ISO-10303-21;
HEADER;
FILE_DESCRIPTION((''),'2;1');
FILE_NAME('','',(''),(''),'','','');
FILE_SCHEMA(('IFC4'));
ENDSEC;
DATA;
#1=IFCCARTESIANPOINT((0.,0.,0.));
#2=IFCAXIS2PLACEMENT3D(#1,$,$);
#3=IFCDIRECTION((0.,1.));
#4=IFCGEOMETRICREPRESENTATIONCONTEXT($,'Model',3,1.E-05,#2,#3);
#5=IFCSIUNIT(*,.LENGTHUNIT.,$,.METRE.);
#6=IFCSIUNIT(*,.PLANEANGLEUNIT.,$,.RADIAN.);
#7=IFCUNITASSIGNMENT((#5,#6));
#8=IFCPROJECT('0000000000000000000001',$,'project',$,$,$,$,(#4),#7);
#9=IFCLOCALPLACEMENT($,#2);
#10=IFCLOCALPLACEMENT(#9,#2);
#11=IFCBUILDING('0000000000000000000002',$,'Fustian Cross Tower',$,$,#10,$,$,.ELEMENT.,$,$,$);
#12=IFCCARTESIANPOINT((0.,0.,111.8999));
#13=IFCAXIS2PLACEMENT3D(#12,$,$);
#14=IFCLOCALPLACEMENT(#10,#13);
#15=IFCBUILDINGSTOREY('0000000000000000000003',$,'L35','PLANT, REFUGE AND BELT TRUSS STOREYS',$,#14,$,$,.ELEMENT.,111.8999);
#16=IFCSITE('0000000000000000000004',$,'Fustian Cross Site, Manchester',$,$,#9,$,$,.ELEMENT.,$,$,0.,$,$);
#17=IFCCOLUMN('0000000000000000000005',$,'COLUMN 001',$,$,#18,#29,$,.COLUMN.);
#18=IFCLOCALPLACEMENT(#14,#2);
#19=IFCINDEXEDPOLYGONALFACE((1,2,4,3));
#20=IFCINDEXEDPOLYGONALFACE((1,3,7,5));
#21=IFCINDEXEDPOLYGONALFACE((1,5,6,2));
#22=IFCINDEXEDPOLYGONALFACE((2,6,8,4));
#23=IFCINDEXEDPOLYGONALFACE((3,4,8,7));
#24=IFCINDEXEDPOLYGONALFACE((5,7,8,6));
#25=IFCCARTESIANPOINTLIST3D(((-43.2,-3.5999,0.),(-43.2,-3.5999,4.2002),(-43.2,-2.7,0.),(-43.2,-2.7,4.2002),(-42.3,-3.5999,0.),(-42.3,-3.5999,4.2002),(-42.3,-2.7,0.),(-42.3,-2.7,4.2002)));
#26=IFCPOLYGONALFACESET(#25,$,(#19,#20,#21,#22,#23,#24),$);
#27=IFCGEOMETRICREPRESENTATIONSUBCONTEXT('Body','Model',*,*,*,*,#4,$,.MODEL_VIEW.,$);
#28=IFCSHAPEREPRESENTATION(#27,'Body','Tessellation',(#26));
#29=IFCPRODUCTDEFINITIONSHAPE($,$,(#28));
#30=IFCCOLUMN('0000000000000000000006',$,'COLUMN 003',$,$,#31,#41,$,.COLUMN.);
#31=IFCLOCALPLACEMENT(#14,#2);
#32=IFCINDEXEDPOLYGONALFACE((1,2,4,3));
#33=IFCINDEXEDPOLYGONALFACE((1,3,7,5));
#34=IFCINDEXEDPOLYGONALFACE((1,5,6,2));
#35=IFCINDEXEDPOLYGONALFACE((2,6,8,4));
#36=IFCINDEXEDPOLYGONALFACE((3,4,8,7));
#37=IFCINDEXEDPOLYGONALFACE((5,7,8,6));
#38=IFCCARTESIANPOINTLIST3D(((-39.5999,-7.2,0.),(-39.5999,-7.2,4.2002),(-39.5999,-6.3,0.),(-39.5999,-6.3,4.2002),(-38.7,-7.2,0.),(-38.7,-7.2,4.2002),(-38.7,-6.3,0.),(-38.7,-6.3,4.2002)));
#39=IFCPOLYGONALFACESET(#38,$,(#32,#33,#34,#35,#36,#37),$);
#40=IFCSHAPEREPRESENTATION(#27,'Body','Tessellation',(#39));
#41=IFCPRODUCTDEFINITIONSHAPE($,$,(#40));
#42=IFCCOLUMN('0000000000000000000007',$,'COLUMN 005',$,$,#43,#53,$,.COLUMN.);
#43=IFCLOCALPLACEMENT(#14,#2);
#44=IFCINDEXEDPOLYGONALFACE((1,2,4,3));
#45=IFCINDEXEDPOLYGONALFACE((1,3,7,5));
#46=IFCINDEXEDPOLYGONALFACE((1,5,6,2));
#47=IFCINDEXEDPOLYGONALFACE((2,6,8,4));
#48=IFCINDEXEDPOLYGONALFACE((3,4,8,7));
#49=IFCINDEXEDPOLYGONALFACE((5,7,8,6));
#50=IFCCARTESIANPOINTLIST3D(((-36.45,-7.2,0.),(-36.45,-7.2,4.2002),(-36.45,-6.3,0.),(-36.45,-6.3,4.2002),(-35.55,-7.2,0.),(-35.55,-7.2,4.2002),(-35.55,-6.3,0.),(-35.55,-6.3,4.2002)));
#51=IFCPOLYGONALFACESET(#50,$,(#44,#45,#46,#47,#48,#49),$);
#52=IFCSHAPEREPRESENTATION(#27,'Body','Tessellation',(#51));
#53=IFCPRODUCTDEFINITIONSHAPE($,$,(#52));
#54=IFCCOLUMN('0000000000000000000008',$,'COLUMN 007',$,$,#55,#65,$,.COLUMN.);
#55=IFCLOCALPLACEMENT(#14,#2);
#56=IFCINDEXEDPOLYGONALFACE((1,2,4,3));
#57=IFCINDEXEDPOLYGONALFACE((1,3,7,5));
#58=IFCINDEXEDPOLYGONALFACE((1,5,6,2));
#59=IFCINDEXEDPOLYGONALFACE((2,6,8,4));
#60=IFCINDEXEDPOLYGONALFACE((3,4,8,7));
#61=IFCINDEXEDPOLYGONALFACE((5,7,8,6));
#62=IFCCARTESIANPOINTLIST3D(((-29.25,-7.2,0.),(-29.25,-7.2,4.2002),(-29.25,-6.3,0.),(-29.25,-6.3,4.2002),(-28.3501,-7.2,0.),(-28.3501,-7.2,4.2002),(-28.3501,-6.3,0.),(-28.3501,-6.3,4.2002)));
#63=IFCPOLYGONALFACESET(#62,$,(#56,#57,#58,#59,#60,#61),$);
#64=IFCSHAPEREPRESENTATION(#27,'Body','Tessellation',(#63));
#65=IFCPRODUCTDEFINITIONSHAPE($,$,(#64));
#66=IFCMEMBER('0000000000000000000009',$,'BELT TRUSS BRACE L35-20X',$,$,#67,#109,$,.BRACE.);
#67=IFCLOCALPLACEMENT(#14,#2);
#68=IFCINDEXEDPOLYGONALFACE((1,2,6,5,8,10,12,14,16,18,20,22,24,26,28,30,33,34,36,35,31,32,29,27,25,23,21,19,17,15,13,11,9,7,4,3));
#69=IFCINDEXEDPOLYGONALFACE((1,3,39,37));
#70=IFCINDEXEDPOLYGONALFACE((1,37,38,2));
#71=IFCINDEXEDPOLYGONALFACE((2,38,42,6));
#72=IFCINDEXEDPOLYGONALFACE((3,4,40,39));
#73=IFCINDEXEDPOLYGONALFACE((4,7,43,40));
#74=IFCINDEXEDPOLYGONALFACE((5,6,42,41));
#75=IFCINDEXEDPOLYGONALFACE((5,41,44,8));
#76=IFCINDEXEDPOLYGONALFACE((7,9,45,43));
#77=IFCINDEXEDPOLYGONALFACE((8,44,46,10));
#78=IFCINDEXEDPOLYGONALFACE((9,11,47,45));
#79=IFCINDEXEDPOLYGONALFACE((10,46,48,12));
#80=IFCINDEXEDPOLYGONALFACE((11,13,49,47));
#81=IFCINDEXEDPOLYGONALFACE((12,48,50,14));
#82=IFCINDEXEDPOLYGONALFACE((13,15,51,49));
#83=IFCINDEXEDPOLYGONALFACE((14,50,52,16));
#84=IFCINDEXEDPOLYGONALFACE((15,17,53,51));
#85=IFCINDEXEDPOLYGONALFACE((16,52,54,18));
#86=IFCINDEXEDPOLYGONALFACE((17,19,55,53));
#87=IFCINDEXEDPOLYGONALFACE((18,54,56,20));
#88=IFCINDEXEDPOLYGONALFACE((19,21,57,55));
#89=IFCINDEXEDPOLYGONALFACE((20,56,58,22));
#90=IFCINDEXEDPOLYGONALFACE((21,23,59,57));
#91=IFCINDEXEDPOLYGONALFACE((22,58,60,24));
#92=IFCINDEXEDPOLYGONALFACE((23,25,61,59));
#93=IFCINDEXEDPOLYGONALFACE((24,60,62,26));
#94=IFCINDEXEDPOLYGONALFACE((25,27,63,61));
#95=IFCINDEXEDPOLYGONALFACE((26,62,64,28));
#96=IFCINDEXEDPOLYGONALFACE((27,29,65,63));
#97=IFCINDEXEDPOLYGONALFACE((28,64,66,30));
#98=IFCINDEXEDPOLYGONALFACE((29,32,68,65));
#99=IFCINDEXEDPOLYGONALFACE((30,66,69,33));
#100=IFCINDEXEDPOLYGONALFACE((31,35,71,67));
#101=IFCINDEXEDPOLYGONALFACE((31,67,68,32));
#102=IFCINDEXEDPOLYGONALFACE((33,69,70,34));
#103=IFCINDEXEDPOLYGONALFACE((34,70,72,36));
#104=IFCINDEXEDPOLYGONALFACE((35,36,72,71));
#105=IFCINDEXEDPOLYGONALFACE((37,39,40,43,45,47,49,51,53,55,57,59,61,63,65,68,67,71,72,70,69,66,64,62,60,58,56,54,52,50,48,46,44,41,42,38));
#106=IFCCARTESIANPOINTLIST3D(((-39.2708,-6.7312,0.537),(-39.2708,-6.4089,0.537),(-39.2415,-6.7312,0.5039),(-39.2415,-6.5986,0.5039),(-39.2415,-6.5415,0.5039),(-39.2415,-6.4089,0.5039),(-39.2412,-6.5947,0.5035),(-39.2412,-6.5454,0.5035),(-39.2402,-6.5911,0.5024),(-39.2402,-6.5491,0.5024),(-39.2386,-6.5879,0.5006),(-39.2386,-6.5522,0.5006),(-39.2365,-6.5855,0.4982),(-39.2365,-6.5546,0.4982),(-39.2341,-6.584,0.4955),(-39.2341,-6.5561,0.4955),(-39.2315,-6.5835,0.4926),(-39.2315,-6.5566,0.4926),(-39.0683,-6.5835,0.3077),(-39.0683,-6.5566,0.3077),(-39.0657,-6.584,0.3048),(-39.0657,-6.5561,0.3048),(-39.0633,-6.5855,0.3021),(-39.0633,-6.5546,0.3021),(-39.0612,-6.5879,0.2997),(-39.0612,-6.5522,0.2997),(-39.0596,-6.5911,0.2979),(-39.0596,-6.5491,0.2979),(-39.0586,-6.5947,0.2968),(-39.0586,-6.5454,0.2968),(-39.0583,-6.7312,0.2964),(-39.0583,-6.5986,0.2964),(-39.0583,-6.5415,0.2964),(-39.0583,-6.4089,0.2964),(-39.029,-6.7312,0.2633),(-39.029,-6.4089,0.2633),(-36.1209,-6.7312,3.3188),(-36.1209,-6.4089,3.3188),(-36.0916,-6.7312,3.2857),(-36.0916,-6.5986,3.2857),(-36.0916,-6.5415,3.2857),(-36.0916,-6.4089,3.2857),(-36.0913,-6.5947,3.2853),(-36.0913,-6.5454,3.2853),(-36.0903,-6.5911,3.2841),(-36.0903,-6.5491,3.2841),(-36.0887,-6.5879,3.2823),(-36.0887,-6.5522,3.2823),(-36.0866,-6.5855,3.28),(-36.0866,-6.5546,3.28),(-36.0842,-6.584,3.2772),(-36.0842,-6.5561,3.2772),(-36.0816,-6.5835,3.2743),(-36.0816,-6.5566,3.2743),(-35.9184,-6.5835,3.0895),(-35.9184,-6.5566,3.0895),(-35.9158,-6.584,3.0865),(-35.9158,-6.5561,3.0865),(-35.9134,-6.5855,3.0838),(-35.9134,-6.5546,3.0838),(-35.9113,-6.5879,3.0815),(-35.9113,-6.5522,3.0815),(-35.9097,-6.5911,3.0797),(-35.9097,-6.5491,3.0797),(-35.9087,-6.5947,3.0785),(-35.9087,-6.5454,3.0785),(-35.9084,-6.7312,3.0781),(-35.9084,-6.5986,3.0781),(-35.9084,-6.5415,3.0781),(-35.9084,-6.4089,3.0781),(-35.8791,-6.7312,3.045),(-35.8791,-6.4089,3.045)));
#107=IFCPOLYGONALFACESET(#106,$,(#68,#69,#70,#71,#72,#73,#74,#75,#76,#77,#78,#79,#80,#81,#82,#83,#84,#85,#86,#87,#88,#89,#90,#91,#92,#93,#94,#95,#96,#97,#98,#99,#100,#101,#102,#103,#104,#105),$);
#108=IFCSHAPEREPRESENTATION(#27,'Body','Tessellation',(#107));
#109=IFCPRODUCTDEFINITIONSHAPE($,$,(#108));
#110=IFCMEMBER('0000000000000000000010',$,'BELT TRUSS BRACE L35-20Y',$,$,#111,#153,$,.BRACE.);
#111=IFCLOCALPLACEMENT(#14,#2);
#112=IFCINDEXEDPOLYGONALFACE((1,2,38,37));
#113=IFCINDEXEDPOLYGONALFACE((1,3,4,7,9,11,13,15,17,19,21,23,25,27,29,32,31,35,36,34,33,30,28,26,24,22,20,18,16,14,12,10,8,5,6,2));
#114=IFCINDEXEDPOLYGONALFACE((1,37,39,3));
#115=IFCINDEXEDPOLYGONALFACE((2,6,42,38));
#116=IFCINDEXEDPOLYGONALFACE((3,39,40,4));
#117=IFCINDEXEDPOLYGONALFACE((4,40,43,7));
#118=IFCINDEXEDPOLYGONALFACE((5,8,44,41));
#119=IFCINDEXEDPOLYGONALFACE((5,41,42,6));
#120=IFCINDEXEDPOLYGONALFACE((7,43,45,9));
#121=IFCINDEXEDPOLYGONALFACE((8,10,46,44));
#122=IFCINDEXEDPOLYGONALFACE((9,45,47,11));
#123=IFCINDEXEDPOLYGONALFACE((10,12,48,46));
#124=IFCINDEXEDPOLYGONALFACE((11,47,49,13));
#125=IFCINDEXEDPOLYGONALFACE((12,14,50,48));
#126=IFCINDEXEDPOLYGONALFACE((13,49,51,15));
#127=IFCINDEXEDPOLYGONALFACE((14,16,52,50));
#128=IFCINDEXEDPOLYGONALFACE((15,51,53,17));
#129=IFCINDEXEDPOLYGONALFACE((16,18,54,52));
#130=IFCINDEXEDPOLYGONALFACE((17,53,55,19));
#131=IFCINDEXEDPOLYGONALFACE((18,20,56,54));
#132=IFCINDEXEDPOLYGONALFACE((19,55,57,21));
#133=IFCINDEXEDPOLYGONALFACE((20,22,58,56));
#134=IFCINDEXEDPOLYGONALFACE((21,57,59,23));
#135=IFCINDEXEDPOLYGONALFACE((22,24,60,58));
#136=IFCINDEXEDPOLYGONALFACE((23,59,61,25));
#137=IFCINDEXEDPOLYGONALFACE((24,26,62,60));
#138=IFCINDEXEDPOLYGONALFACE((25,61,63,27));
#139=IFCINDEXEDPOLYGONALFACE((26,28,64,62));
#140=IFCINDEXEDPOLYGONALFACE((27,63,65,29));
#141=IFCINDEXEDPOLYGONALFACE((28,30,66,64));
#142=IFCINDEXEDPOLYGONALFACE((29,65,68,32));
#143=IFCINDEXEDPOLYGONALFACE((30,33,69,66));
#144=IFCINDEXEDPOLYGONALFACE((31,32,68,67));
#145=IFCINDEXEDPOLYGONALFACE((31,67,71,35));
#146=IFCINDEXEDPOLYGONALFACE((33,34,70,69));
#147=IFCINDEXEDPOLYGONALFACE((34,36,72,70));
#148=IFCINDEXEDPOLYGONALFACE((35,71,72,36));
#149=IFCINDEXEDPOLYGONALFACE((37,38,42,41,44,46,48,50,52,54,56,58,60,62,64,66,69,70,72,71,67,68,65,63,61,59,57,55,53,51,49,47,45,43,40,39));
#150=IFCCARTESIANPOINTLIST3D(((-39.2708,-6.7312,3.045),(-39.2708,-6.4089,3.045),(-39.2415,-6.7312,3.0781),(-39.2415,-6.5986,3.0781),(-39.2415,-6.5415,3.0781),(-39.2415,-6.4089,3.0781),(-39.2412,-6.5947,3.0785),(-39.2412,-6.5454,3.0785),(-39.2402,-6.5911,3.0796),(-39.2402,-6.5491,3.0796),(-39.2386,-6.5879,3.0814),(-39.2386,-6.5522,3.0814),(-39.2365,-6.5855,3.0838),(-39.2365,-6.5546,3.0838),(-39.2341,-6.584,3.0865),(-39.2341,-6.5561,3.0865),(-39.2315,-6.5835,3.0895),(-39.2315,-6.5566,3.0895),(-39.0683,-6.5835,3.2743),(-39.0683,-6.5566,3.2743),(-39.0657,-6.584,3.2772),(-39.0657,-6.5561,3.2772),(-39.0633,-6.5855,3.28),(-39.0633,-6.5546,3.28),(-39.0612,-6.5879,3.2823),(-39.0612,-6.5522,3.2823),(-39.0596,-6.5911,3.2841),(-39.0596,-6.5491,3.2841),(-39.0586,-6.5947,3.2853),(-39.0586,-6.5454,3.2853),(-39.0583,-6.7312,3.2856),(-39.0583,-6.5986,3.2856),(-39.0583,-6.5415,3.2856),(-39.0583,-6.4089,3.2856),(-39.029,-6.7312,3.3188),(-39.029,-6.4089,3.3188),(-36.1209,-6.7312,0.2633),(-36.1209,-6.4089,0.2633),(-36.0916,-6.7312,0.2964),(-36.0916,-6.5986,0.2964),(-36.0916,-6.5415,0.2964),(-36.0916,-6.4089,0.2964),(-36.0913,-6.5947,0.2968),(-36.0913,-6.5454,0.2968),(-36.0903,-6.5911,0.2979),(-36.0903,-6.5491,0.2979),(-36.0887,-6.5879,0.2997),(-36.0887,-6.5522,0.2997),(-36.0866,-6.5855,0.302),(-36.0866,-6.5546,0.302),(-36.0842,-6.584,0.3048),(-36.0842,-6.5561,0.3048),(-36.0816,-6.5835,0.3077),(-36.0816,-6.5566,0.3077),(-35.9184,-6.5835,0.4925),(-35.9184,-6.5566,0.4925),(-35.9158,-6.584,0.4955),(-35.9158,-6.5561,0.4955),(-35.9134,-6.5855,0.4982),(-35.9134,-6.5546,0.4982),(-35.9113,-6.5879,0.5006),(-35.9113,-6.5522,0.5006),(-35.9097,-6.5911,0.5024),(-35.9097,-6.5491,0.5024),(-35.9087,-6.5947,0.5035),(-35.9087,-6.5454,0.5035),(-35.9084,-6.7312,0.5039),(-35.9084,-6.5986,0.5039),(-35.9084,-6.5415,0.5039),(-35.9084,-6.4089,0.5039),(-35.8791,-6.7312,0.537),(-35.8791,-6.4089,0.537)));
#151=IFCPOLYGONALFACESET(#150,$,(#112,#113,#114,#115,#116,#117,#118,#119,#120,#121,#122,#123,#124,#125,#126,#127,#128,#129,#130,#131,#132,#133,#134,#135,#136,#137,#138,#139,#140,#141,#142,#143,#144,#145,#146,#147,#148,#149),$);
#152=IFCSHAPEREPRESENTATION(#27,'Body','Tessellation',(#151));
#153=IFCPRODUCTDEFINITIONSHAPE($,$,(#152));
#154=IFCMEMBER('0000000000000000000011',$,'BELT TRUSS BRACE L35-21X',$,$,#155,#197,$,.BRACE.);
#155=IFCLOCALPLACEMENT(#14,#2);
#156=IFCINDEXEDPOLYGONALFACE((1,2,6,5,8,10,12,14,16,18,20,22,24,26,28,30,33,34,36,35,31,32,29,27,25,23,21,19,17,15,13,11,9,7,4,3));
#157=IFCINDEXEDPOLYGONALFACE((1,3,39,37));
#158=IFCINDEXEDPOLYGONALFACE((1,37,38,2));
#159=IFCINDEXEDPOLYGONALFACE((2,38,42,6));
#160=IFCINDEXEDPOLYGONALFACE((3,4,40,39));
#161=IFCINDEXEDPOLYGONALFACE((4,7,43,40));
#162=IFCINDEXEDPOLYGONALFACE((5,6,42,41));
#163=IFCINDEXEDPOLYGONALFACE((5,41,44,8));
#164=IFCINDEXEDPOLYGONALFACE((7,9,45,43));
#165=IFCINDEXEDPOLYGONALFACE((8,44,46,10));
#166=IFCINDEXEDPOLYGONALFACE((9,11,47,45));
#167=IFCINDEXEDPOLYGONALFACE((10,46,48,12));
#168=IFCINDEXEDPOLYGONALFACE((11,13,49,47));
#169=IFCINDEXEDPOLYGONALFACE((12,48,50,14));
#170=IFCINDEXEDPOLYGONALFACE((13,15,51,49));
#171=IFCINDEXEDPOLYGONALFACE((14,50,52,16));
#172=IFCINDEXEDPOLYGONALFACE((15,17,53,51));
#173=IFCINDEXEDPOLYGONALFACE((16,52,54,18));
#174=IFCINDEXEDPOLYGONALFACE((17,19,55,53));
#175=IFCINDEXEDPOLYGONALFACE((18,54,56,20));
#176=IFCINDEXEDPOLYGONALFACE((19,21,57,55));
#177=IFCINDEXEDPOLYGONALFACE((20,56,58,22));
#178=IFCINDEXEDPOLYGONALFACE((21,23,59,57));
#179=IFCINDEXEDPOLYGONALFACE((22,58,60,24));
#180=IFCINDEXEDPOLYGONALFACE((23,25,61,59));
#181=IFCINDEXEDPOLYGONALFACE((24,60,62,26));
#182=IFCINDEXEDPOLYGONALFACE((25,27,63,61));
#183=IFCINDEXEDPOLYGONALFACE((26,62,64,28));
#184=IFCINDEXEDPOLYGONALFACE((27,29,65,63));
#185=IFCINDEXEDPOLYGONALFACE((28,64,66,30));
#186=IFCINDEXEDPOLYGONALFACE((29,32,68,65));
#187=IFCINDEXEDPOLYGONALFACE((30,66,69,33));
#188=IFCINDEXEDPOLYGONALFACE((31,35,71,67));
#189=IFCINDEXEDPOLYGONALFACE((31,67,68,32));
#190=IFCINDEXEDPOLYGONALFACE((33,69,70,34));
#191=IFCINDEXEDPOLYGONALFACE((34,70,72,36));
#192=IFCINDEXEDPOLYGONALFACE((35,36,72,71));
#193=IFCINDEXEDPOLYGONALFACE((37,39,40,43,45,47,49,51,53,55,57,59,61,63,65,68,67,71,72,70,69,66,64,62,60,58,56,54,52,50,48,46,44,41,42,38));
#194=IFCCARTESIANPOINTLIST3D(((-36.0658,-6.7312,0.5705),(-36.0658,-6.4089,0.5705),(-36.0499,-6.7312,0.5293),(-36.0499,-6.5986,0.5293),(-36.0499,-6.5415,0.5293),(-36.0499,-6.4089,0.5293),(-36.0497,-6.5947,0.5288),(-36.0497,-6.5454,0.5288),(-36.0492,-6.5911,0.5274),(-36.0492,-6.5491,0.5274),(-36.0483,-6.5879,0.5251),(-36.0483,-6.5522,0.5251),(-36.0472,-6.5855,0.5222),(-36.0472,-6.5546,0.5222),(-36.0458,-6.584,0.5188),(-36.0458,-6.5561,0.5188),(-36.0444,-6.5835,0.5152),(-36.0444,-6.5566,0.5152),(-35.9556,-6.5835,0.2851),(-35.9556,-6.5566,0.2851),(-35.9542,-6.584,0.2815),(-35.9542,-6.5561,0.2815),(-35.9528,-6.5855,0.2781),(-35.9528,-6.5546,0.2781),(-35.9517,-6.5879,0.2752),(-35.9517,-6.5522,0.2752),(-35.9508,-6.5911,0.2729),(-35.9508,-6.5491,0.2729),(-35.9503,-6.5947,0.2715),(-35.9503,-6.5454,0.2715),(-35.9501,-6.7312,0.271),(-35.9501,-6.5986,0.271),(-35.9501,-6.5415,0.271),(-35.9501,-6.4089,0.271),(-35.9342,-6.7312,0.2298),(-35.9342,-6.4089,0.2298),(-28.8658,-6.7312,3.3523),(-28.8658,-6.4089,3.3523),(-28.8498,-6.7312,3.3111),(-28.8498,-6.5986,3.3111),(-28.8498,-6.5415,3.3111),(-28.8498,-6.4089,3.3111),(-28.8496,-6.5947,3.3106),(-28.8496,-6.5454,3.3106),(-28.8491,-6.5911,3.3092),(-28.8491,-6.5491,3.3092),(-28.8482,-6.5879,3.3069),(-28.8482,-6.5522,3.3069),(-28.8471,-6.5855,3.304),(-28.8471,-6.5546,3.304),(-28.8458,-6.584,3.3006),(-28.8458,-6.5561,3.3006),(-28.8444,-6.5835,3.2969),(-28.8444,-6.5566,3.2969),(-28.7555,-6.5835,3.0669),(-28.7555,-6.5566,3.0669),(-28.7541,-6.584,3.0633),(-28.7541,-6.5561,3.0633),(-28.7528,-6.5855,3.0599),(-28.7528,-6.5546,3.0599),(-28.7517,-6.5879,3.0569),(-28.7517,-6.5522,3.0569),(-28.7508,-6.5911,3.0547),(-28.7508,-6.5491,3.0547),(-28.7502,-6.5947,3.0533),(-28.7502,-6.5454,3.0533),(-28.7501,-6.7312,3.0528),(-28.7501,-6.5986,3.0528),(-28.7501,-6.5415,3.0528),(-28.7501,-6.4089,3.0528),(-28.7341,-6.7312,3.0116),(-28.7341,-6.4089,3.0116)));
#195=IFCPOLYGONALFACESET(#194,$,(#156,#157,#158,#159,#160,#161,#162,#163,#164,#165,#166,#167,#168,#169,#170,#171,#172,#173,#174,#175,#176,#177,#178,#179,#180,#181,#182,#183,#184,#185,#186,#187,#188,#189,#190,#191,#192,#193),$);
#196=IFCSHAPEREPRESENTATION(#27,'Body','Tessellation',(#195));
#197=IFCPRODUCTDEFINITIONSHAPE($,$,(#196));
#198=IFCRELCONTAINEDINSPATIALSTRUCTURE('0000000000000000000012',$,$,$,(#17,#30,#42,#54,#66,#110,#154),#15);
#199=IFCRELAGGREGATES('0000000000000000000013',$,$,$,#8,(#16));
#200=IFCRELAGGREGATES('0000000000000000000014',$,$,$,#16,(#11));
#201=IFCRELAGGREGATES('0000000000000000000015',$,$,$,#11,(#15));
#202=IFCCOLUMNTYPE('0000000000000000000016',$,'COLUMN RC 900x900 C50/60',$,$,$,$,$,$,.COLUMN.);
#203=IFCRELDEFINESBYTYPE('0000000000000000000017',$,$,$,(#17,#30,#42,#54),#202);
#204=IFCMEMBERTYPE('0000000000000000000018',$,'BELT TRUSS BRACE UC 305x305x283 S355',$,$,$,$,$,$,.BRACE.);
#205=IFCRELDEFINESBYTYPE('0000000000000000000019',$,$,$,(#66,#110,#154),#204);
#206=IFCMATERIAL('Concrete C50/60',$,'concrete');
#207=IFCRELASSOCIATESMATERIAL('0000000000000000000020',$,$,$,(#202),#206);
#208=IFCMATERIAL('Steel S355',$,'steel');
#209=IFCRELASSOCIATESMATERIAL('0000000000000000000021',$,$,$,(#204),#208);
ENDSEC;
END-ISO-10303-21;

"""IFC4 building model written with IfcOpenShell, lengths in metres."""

from ifc_helpers import new_model, si_unit, direction, frame, origin, origin_2d, place, context, subcontext, project, spatial, rectangle, i_section, extrude, material, material_profile, profile_set, type_object, element, save


model = new_model("IFC4")

# Units and contexts
model_context = context("Model", 3, precision=1e-05, world=origin(), true_north=direction((0.0, 1.0)))
body_context = subcontext(model_context, "Body", "Model", "MODEL_VIEW")
ifc_project = project(units=[si_unit("LENGTHUNIT", "METRE"), si_unit("PLANEANGLEUNIT", "RADIAN")], contexts=[model_context])

# Site, building, storey
site_placement = place(None, origin())
site = spatial("IfcSite", under=ifc_project, at=site_placement, Name="Fustian Cross Site, Manchester", CompositionType="ELEMENT", RefElevation=0.0)
building_placement = place(site_placement, origin())
building = spatial("IfcBuilding", under=site, at=building_placement, Name="Fustian Cross Tower", CompositionType="ELEMENT")
storey_placement = place(building_placement, frame((0.0, 0.0, 111.8999)))
storey = spatial("IfcBuildingStorey", under=building, at=storey_placement, Name="L35", Description="PLANT, REFUGE AND BELT TRUSS STOREYS", CompositionType="ELEMENT", Elevation=111.8999)

# Columns
ifc_material_1 = material(Name="Concrete C50/60", Category="concrete")
ifc_material_profile_1 = material_profile(ifc_material_1, rectangle(XDim=0.8999, YDim=0.8999, at=origin_2d()), Name="RC 900x900")
ifc_profile_set_1 = profile_set([ifc_material_profile_1], Name="Concrete C50/60")
column_type = type_object("IfcColumnType", Name="COLUMN RC 900x900 C50/60", PredefinedType="COLUMN", material=ifc_profile_set_1)
for number, where, z_axis, x_axis, name in (
    (1, (-42.75, -3.1499, 0.0), (0.0, 0.0, 1.0), (1.0, 0.0, 0.0), "COLUMN 001"),
    (2, (-39.1499, -6.75, 0.0), (0.0, 0.0, 1.0), (1.0, 0.0, 0.0), "COLUMN 003"),
    (3, (-36.0, -6.75, 0.0), (0.0, 0.0, 1.0), (1.0, 0.0, 0.0), "COLUMN 005"),
    (4, (-28.8, -6.75, 0.0), (0.0, 0.0, 1.0), (1.0, 0.0, 0.0), "COLUMN 007"),
):
    element("IfcColumn", number, at=place(storey_placement, frame(where, z_axis=z_axis, x_axis=x_axis)), inside=storey, type_object=column_type, Name=name, PredefinedType="COLUMN", context=body_context, shape_type="SweptSolid", body=[
        extrude(rectangle(XDim=0.8999, YDim=0.8999, at=origin_2d()), origin(), (0.0, 0.0, 1.0), 4.2002),
    ])

# Members
ifc_material_2 = material(Name="Steel S355", Category="steel")
ifc_material_profile_2 = material_profile(ifc_material_2, i_section(OverallWidth=0.3223, OverallDepth=0.3652, WebThickness=0.0269, FlangeThickness=0.0442, FilletRadius=0.0151, at=origin_2d()), Name="UC 305x305x283")
ifc_profile_set_2 = profile_set([ifc_material_profile_2], Name="Steel S355")
member_type_1 = type_object("IfcMemberType", Name="BELT TRUSS BRACE UC 305x305x283 S355", PredefinedType="BRACE", material=ifc_profile_set_2)
for number, where, z_axis, x_axis, name in (
    (5, (-39.1499, -6.5701, 0.4001), (0.749553, 0.0, 0.661944), (0.0, 1.0, 0.0), "BELT TRUSS BRACE L35-20X"),
    (6, (-39.1499, -6.5701, 3.1819), (0.749553, 0.0, -0.661944), (0.0, 1.0, 0.0), "BELT TRUSS BRACE L35-20Y"),
):
    element("IfcMember", number, at=place(storey_placement, frame(where, z_axis=z_axis, x_axis=x_axis)), inside=storey, type_object=member_type_1, Name=name, PredefinedType="BRACE", context=body_context, shape_type="SweptSolid", body=[
        extrude(i_section(OverallWidth=0.3223, OverallDepth=0.3652, WebThickness=0.0269, FlangeThickness=0.0442, FilletRadius=0.0151, at=origin_2d()), origin(), (0.0, 0.0, 1.0), 4.2024),
    ])
for number, where, z_axis, x_axis, name in (
    (7, (-36.0, -6.5701, 0.4001), (0.932801, 0.0, 0.360392), (0.0, 1.0, 0.0), "BELT TRUSS BRACE L35-21X"),
):
    element("IfcMember", number, at=place(storey_placement, frame(where, z_axis=z_axis, x_axis=x_axis)), inside=storey, type_object=member_type_1, Name=name, PredefinedType="BRACE", context=body_context, shape_type="SweptSolid", body=[
        extrude(i_section(OverallWidth=0.3223, OverallDepth=0.3652, WebThickness=0.0269, FlangeThickness=0.0442, FilletRadius=0.0151, at=origin_2d()), origin(), (0.0, 0.0, 1.0), 7.7188),
    ])

save(model, "model.ifc")
